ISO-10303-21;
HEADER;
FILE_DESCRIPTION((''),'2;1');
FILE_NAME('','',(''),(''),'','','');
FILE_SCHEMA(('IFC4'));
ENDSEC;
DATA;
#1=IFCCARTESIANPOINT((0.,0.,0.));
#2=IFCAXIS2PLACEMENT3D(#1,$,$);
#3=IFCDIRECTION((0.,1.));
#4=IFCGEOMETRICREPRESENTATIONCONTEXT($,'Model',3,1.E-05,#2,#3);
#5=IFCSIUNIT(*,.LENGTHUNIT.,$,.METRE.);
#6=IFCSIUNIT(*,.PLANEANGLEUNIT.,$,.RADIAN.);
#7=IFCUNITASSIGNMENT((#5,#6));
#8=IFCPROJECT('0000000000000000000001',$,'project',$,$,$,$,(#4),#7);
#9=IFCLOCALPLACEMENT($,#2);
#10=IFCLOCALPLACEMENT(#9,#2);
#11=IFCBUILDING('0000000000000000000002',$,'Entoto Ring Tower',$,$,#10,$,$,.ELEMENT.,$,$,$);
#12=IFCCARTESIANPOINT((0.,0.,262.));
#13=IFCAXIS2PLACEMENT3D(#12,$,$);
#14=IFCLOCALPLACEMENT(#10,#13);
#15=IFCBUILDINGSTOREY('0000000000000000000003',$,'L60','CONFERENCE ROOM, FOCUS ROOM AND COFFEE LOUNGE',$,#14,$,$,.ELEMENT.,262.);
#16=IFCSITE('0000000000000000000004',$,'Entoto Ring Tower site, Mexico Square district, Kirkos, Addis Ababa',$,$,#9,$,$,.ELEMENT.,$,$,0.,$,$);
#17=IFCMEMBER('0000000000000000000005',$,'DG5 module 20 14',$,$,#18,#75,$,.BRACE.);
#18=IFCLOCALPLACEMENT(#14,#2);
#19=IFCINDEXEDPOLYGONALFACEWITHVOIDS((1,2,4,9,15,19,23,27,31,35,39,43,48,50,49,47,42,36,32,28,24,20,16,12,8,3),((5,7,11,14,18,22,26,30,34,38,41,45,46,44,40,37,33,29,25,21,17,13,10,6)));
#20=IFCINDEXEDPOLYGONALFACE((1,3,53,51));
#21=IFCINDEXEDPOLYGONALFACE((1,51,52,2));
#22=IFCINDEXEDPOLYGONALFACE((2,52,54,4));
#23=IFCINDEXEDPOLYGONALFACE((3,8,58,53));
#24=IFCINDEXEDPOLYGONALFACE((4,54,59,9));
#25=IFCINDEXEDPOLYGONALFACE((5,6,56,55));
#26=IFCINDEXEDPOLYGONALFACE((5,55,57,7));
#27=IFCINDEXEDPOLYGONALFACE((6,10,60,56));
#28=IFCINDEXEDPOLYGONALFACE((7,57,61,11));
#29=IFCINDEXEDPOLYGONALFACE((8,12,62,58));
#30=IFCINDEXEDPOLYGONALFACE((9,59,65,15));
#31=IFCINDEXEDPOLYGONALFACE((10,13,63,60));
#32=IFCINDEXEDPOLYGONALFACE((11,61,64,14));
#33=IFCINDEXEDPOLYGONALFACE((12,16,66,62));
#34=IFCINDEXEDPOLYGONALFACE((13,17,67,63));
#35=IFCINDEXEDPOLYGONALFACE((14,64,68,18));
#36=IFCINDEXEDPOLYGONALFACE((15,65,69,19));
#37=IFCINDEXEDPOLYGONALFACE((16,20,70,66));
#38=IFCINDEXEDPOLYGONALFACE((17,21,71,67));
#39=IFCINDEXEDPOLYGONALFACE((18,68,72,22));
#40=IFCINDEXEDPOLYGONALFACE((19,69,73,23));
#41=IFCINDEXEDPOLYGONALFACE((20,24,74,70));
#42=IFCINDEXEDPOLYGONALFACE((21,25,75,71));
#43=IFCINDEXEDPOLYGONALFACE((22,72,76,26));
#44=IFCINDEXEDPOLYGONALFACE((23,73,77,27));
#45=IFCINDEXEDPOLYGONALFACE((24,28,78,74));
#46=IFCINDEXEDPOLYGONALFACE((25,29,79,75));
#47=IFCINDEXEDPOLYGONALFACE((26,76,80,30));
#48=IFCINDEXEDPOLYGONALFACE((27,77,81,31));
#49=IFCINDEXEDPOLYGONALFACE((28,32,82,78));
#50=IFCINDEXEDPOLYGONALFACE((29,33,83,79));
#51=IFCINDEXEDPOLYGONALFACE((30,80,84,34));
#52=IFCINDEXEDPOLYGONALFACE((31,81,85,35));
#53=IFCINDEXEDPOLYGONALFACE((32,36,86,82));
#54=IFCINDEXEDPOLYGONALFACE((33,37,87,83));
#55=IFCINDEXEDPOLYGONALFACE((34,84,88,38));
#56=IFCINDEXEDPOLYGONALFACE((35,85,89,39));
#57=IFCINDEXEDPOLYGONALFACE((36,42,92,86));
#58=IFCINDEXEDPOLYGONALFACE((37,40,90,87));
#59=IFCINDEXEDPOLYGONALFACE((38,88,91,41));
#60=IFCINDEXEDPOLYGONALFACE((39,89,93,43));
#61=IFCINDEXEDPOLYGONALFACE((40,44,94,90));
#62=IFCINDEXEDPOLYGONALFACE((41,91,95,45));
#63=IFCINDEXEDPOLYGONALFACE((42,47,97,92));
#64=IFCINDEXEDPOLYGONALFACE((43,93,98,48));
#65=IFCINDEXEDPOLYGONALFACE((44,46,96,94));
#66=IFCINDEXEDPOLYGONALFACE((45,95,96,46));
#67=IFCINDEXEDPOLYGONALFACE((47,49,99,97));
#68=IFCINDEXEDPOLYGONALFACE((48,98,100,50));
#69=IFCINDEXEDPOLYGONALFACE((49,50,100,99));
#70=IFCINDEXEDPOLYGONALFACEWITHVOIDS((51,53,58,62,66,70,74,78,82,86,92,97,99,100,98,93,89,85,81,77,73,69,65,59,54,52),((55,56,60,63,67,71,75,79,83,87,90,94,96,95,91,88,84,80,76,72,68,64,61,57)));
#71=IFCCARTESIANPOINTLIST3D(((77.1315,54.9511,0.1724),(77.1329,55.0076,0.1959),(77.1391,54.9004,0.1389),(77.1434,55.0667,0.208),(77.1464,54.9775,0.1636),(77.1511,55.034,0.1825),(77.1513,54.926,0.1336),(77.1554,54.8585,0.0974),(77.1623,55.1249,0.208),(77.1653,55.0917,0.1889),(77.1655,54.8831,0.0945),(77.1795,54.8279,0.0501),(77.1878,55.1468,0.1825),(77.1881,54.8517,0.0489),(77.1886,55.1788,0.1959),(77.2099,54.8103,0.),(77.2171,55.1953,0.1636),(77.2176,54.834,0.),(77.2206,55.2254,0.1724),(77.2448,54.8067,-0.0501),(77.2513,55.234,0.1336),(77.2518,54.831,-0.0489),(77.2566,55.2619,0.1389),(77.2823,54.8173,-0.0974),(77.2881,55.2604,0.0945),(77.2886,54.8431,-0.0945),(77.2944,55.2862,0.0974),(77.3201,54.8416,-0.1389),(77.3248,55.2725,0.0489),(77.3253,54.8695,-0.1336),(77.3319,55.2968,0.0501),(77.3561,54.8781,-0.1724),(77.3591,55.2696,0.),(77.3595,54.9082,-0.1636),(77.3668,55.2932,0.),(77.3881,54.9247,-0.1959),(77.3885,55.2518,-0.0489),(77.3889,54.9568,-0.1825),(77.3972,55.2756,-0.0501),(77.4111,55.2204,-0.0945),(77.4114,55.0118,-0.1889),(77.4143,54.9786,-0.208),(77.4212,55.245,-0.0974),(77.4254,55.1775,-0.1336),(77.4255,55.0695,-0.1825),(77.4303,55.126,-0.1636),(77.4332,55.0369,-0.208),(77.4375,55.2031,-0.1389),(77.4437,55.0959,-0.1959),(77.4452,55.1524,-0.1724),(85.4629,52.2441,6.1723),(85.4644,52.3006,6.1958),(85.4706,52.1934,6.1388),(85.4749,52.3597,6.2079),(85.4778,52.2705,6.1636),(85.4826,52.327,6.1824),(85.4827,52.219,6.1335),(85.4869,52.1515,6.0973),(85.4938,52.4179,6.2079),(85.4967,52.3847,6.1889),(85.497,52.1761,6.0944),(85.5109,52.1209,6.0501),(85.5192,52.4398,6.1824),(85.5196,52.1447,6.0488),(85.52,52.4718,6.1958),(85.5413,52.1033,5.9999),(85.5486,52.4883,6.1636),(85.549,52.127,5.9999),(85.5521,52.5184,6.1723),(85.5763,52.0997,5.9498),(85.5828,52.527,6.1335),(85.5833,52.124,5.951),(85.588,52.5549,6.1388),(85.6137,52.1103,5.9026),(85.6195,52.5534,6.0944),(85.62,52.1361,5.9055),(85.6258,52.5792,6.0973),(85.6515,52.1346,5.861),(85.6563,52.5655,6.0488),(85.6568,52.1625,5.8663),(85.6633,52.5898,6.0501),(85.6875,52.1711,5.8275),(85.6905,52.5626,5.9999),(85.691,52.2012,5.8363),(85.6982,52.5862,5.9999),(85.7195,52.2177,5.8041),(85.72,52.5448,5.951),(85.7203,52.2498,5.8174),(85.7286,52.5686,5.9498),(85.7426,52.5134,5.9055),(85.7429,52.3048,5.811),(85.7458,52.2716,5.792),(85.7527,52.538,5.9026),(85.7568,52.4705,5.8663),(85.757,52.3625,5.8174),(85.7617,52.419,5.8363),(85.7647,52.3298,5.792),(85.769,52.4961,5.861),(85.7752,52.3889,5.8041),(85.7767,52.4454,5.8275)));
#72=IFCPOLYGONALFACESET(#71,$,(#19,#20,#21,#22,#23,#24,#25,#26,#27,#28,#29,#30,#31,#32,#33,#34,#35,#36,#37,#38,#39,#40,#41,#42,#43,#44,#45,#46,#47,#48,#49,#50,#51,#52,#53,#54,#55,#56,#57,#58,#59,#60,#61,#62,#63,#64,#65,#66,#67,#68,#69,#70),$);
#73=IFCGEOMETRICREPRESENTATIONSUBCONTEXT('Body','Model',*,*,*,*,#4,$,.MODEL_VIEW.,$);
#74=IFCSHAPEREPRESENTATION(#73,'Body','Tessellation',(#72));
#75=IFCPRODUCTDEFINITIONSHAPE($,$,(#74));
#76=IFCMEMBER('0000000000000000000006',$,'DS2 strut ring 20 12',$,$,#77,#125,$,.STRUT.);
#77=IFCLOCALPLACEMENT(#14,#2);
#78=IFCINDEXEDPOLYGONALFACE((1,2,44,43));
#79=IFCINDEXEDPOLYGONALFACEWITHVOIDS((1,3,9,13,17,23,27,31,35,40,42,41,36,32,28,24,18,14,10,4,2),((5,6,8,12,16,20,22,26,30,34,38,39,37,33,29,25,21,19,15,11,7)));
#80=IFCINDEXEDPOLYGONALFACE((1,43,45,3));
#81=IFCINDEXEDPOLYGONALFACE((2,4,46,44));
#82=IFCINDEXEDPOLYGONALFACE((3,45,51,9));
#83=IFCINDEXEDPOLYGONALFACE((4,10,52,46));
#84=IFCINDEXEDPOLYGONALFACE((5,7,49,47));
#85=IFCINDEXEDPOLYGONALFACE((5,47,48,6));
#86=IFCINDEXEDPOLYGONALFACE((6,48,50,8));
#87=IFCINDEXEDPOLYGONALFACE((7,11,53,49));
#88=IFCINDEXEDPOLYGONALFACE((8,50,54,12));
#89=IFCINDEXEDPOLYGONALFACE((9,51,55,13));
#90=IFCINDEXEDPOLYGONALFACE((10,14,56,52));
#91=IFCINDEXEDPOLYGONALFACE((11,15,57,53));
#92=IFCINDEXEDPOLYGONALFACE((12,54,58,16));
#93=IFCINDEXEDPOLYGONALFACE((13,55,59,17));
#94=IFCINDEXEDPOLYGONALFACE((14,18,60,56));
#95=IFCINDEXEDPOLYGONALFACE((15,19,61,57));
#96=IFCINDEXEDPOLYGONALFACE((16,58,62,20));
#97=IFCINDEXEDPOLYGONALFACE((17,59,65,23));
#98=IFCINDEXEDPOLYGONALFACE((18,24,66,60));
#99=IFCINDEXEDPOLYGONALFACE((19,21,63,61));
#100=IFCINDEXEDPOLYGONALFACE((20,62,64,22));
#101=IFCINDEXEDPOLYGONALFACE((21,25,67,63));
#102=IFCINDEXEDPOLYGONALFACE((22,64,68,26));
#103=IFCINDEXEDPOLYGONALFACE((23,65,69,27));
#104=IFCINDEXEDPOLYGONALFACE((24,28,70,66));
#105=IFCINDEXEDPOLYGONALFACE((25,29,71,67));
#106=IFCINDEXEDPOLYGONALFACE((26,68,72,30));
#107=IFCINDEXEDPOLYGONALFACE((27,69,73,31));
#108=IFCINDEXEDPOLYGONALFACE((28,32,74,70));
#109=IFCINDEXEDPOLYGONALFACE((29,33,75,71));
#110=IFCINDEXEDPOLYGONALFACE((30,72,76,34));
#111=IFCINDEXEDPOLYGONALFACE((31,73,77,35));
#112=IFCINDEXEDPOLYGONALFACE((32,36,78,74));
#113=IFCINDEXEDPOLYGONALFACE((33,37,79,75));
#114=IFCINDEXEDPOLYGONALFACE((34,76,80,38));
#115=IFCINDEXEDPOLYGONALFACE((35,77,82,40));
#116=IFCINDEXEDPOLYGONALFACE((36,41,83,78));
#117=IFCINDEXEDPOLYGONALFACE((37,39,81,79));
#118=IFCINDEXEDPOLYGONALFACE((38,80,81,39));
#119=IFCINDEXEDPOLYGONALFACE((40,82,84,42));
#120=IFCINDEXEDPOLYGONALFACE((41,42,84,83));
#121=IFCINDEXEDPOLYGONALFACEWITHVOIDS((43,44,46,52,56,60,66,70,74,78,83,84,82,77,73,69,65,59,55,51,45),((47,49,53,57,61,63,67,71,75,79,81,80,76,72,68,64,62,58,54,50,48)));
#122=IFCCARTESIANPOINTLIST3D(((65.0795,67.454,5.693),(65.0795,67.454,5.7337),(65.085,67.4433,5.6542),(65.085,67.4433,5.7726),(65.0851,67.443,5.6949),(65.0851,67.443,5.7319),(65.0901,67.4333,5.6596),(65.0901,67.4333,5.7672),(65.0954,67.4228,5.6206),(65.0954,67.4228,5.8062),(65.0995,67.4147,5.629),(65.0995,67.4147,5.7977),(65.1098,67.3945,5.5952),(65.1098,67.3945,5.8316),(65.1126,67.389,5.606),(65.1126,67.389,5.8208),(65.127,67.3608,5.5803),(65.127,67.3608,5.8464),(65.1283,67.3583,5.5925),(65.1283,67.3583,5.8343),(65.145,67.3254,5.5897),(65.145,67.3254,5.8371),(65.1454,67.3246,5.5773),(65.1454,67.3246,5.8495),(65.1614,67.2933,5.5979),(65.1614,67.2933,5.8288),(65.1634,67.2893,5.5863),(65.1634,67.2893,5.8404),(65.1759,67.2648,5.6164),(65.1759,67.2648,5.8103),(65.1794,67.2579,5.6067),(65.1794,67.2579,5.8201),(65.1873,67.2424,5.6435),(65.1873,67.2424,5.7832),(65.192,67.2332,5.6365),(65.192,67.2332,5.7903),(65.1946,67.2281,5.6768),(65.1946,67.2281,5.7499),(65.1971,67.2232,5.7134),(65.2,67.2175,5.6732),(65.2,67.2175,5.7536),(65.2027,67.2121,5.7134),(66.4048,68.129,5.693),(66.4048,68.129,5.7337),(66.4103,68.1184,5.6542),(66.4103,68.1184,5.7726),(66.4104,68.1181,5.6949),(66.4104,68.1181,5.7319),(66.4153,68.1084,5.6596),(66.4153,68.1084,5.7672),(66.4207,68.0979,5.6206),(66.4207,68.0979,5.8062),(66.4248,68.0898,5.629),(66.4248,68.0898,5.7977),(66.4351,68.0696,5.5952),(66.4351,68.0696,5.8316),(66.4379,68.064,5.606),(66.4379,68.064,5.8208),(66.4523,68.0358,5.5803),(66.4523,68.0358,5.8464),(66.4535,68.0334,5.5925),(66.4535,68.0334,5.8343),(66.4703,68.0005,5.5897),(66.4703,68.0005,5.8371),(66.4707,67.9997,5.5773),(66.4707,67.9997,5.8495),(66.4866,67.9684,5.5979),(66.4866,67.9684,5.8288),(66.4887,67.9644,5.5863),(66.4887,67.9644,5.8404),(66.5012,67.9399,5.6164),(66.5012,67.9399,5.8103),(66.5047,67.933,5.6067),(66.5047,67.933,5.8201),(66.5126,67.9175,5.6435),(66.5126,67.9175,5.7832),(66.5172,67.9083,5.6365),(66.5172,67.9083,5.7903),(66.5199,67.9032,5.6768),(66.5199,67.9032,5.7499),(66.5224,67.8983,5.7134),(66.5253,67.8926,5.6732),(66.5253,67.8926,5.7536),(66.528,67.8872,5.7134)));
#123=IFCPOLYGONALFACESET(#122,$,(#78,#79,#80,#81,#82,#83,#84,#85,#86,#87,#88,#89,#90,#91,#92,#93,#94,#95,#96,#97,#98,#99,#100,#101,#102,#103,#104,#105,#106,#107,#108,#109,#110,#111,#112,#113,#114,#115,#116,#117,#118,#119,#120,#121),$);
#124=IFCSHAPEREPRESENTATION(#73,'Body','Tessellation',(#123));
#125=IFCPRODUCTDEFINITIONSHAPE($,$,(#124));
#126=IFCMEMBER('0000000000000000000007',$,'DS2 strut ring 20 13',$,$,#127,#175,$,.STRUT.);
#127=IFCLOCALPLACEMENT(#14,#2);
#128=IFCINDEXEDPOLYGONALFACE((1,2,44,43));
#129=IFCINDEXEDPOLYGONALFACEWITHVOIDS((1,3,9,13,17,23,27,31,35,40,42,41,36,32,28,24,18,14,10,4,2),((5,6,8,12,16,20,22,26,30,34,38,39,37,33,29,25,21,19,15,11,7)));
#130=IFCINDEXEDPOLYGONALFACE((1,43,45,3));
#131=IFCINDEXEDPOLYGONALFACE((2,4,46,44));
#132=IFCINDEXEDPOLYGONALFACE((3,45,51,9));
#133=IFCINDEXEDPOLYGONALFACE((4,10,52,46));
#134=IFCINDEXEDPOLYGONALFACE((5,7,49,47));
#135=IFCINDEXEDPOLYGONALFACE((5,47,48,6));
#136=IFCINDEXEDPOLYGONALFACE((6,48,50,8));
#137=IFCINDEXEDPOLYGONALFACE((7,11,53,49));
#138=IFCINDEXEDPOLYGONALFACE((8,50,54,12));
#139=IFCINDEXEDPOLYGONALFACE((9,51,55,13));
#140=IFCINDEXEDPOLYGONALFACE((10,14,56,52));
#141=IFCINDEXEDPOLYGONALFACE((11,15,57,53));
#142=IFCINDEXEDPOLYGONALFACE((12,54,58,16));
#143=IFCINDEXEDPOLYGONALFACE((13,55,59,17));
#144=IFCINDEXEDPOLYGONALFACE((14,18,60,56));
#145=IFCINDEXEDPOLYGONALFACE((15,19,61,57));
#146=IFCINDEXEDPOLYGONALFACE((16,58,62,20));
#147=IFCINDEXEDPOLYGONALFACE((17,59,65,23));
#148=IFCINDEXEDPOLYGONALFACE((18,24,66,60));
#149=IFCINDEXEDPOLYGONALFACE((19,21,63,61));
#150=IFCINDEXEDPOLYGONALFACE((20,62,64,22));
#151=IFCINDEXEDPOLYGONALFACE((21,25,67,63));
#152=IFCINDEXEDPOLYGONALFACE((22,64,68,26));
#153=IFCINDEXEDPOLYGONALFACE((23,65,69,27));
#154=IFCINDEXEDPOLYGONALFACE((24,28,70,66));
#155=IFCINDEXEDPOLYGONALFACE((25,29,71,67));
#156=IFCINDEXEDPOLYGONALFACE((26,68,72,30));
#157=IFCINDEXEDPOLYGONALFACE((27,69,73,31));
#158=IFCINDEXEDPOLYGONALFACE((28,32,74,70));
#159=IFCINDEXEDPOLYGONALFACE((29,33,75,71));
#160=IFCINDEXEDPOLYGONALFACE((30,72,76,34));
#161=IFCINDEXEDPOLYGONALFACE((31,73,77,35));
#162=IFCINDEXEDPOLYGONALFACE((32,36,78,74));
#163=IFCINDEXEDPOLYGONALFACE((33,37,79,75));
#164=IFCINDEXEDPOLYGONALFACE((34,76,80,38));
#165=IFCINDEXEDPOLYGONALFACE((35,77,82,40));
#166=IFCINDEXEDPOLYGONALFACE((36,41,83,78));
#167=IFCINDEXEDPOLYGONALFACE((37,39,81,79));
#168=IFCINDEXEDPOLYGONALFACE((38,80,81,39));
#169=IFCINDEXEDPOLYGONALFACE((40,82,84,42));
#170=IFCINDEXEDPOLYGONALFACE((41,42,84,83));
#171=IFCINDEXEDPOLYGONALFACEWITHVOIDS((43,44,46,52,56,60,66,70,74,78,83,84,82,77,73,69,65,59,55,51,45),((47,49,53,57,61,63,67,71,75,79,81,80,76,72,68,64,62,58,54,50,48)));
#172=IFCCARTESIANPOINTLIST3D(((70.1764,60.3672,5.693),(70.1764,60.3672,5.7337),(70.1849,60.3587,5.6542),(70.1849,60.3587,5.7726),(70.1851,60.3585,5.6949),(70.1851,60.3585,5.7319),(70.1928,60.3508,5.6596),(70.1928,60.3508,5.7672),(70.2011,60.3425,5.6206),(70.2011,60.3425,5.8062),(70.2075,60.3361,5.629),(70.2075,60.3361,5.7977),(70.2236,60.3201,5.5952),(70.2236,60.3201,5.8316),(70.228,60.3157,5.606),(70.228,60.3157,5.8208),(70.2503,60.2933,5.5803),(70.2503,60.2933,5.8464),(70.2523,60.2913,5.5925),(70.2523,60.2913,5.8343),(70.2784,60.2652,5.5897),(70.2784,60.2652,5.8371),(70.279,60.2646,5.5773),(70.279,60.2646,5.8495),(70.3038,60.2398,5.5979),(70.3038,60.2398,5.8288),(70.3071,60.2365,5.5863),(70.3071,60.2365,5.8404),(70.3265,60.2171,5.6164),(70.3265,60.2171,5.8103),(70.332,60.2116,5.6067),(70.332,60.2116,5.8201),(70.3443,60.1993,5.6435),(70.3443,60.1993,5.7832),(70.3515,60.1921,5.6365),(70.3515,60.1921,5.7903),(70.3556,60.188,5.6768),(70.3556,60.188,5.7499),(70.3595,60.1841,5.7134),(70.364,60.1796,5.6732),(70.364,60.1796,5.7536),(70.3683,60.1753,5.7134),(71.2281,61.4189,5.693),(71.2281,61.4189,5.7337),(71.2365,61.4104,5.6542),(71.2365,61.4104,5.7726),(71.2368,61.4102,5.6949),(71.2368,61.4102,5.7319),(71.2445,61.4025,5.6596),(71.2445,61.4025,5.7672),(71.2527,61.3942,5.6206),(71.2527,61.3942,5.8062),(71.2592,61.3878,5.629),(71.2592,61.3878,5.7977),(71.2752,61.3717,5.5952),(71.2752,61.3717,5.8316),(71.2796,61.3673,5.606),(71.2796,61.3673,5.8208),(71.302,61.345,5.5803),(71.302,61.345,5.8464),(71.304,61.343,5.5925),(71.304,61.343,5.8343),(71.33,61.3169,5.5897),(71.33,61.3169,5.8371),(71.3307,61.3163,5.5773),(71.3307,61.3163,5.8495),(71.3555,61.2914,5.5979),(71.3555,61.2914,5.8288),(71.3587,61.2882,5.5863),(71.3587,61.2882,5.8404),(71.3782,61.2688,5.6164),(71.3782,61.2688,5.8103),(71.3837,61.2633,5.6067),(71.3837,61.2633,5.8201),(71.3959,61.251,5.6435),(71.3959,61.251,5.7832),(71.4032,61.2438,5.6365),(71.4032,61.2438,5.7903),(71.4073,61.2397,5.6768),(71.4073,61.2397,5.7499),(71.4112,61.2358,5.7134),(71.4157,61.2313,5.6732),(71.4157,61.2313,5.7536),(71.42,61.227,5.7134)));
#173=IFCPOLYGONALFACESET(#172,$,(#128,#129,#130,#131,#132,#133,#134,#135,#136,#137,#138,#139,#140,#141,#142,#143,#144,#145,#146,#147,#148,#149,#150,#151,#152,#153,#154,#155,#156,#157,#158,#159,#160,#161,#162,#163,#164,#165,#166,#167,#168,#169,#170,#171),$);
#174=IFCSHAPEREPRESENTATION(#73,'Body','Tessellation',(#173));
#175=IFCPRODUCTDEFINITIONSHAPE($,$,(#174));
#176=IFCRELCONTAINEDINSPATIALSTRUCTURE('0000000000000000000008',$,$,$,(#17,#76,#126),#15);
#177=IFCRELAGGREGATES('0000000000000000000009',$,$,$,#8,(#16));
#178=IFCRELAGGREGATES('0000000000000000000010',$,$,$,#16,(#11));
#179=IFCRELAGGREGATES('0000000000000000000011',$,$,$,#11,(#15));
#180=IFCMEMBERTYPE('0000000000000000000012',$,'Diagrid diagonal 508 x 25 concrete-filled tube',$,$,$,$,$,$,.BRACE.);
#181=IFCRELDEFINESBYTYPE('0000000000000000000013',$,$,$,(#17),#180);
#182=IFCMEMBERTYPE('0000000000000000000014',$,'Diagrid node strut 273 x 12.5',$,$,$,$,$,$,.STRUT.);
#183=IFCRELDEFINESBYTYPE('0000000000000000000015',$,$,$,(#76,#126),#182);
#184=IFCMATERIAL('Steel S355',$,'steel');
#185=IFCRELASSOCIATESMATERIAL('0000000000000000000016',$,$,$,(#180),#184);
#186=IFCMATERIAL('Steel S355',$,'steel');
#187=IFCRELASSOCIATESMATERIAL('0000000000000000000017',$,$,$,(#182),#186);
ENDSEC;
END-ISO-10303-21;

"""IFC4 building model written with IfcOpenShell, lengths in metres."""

from ifc_helpers import new_model, si_unit, direction, frame, origin, origin_2d, place, context, subcontext, project, spatial, circle, hollow_circle, extrude, material, material_profile, profile_set, type_object, element, save


model = new_model("IFC4")

# Units and contexts
model_context = context("Model", 3, precision=1e-05, world=origin(), true_north=direction((0.0, 1.0)))
body_context = subcontext(model_context, "Body", "Model", "MODEL_VIEW")
ifc_project = project(units=[si_unit("LENGTHUNIT", "METRE"), si_unit("PLANEANGLEUNIT", "RADIAN")], contexts=[model_context])

# Site, building, storey
site_placement = place(None, origin())
site = spatial("IfcSite", under=ifc_project, at=site_placement, Name="Entoto Ring Tower site, Mexico Square district, Kirkos, Addis Ababa", CompositionType="ELEMENT", RefElevation=0.0)
building_placement = place(site_placement, origin())
building = spatial("IfcBuilding", under=site, at=building_placement, Name="Entoto Ring Tower", CompositionType="ELEMENT")
storey_placement = place(building_placement, frame((0.0, 0.0, 262.0)))
storey = spatial("IfcBuildingStorey", under=building, at=storey_placement, Name="L60", Description="CONFERENCE ROOM, FOCUS ROOM AND COFFEE LOUNGE", CompositionType="ELEMENT", Elevation=262.0)

# Members
ifc_material_1 = material(Name="Steel S355", Category="steel")
ifc_material_profile_1 = material_profile(ifc_material_1, hollow_circle(Radius=0.2539, WallThickness=0.0249, at=origin_2d()), Name="CHS 508 x 25")
ifc_material_2 = material(Name="Concrete C60/75", Category="concrete")
ifc_material_profile_2 = material_profile(ifc_material_2, circle(Radius=0.229, at=origin_2d()), Name="Concrete C60/75 infill")
ifc_profile_set_1 = profile_set([ifc_material_profile_1, ifc_material_profile_2], Name="Steel S355")
member_type_1 = type_object("IfcMemberType", Name="Diagrid diagonal 508 x 25 concrete-filled tube", PredefinedType="BRACE", material=ifc_profile_set_1)
member_1_placement = place(storey_placement, frame((77.2883, 55.0518, 0.0), z_axis=(0.78466, -0.254947, 0.565076), x_axis=(0.309012, 0.951058, 0.0)))
element("IfcMember", 1, at=member_1_placement, inside=storey, type_object=member_type_1, Name="DG5 module 20 14", PredefinedType="BRACE", context=body_context, shape_type="SweptSolid", body=[
    extrude(hollow_circle(Radius=0.2539, WallThickness=0.0249, at=origin_2d()), origin(), (0.0, 0.0, 1.0), 10.6179),
])
ifc_material_3 = material(Name="Steel S355", Category="steel")
ifc_material_profile_3 = material_profile(ifc_material_3, hollow_circle(Radius=0.1365, WallThickness=0.0125, at=origin_2d()), Name="CHS 273 x 12.5")
ifc_material_4 = material(Name="Concrete C60/75", Category="concrete")
ifc_material_profile_4 = material_profile(ifc_material_4, circle(Radius=0.124, at=origin_2d()), Name="Concrete C60/75 infill")
ifc_profile_set_2 = profile_set([ifc_material_profile_3, ifc_material_profile_4], Name="Steel S355")
member_type_2 = type_object("IfcMemberType", Name="Diagrid node strut 273 x 12.5", PredefinedType="STRUT", material=ifc_profile_set_2)
for number, where, z_axis, x_axis, name in (
    (2, (66.4661, 68.0088, 5.7134), (-0.891053, -0.453899, 0.0), (0.453899, -0.891053, 0.0), "DS2 strut ring 20 12"),
    (3, (71.3235, 61.3235, 5.7134), (-0.707107, -0.707107, 0.0), (0.707107, -0.707107, 0.0), "DS2 strut ring 20 13"),
):
    element("IfcMember", number, at=place(storey_placement, frame(where, z_axis=z_axis, x_axis=x_axis)), inside=storey, type_object=member_type_2, Name=name, PredefinedType="STRUT", context=body_context, shape_type="SweptSolid", body=[
        extrude(hollow_circle(Radius=0.1365, WallThickness=0.0125, at=origin_2d()), origin(), (0.0, 0.0, 1.0), 1.4873),
    ])

save(model, "model.ifc")
